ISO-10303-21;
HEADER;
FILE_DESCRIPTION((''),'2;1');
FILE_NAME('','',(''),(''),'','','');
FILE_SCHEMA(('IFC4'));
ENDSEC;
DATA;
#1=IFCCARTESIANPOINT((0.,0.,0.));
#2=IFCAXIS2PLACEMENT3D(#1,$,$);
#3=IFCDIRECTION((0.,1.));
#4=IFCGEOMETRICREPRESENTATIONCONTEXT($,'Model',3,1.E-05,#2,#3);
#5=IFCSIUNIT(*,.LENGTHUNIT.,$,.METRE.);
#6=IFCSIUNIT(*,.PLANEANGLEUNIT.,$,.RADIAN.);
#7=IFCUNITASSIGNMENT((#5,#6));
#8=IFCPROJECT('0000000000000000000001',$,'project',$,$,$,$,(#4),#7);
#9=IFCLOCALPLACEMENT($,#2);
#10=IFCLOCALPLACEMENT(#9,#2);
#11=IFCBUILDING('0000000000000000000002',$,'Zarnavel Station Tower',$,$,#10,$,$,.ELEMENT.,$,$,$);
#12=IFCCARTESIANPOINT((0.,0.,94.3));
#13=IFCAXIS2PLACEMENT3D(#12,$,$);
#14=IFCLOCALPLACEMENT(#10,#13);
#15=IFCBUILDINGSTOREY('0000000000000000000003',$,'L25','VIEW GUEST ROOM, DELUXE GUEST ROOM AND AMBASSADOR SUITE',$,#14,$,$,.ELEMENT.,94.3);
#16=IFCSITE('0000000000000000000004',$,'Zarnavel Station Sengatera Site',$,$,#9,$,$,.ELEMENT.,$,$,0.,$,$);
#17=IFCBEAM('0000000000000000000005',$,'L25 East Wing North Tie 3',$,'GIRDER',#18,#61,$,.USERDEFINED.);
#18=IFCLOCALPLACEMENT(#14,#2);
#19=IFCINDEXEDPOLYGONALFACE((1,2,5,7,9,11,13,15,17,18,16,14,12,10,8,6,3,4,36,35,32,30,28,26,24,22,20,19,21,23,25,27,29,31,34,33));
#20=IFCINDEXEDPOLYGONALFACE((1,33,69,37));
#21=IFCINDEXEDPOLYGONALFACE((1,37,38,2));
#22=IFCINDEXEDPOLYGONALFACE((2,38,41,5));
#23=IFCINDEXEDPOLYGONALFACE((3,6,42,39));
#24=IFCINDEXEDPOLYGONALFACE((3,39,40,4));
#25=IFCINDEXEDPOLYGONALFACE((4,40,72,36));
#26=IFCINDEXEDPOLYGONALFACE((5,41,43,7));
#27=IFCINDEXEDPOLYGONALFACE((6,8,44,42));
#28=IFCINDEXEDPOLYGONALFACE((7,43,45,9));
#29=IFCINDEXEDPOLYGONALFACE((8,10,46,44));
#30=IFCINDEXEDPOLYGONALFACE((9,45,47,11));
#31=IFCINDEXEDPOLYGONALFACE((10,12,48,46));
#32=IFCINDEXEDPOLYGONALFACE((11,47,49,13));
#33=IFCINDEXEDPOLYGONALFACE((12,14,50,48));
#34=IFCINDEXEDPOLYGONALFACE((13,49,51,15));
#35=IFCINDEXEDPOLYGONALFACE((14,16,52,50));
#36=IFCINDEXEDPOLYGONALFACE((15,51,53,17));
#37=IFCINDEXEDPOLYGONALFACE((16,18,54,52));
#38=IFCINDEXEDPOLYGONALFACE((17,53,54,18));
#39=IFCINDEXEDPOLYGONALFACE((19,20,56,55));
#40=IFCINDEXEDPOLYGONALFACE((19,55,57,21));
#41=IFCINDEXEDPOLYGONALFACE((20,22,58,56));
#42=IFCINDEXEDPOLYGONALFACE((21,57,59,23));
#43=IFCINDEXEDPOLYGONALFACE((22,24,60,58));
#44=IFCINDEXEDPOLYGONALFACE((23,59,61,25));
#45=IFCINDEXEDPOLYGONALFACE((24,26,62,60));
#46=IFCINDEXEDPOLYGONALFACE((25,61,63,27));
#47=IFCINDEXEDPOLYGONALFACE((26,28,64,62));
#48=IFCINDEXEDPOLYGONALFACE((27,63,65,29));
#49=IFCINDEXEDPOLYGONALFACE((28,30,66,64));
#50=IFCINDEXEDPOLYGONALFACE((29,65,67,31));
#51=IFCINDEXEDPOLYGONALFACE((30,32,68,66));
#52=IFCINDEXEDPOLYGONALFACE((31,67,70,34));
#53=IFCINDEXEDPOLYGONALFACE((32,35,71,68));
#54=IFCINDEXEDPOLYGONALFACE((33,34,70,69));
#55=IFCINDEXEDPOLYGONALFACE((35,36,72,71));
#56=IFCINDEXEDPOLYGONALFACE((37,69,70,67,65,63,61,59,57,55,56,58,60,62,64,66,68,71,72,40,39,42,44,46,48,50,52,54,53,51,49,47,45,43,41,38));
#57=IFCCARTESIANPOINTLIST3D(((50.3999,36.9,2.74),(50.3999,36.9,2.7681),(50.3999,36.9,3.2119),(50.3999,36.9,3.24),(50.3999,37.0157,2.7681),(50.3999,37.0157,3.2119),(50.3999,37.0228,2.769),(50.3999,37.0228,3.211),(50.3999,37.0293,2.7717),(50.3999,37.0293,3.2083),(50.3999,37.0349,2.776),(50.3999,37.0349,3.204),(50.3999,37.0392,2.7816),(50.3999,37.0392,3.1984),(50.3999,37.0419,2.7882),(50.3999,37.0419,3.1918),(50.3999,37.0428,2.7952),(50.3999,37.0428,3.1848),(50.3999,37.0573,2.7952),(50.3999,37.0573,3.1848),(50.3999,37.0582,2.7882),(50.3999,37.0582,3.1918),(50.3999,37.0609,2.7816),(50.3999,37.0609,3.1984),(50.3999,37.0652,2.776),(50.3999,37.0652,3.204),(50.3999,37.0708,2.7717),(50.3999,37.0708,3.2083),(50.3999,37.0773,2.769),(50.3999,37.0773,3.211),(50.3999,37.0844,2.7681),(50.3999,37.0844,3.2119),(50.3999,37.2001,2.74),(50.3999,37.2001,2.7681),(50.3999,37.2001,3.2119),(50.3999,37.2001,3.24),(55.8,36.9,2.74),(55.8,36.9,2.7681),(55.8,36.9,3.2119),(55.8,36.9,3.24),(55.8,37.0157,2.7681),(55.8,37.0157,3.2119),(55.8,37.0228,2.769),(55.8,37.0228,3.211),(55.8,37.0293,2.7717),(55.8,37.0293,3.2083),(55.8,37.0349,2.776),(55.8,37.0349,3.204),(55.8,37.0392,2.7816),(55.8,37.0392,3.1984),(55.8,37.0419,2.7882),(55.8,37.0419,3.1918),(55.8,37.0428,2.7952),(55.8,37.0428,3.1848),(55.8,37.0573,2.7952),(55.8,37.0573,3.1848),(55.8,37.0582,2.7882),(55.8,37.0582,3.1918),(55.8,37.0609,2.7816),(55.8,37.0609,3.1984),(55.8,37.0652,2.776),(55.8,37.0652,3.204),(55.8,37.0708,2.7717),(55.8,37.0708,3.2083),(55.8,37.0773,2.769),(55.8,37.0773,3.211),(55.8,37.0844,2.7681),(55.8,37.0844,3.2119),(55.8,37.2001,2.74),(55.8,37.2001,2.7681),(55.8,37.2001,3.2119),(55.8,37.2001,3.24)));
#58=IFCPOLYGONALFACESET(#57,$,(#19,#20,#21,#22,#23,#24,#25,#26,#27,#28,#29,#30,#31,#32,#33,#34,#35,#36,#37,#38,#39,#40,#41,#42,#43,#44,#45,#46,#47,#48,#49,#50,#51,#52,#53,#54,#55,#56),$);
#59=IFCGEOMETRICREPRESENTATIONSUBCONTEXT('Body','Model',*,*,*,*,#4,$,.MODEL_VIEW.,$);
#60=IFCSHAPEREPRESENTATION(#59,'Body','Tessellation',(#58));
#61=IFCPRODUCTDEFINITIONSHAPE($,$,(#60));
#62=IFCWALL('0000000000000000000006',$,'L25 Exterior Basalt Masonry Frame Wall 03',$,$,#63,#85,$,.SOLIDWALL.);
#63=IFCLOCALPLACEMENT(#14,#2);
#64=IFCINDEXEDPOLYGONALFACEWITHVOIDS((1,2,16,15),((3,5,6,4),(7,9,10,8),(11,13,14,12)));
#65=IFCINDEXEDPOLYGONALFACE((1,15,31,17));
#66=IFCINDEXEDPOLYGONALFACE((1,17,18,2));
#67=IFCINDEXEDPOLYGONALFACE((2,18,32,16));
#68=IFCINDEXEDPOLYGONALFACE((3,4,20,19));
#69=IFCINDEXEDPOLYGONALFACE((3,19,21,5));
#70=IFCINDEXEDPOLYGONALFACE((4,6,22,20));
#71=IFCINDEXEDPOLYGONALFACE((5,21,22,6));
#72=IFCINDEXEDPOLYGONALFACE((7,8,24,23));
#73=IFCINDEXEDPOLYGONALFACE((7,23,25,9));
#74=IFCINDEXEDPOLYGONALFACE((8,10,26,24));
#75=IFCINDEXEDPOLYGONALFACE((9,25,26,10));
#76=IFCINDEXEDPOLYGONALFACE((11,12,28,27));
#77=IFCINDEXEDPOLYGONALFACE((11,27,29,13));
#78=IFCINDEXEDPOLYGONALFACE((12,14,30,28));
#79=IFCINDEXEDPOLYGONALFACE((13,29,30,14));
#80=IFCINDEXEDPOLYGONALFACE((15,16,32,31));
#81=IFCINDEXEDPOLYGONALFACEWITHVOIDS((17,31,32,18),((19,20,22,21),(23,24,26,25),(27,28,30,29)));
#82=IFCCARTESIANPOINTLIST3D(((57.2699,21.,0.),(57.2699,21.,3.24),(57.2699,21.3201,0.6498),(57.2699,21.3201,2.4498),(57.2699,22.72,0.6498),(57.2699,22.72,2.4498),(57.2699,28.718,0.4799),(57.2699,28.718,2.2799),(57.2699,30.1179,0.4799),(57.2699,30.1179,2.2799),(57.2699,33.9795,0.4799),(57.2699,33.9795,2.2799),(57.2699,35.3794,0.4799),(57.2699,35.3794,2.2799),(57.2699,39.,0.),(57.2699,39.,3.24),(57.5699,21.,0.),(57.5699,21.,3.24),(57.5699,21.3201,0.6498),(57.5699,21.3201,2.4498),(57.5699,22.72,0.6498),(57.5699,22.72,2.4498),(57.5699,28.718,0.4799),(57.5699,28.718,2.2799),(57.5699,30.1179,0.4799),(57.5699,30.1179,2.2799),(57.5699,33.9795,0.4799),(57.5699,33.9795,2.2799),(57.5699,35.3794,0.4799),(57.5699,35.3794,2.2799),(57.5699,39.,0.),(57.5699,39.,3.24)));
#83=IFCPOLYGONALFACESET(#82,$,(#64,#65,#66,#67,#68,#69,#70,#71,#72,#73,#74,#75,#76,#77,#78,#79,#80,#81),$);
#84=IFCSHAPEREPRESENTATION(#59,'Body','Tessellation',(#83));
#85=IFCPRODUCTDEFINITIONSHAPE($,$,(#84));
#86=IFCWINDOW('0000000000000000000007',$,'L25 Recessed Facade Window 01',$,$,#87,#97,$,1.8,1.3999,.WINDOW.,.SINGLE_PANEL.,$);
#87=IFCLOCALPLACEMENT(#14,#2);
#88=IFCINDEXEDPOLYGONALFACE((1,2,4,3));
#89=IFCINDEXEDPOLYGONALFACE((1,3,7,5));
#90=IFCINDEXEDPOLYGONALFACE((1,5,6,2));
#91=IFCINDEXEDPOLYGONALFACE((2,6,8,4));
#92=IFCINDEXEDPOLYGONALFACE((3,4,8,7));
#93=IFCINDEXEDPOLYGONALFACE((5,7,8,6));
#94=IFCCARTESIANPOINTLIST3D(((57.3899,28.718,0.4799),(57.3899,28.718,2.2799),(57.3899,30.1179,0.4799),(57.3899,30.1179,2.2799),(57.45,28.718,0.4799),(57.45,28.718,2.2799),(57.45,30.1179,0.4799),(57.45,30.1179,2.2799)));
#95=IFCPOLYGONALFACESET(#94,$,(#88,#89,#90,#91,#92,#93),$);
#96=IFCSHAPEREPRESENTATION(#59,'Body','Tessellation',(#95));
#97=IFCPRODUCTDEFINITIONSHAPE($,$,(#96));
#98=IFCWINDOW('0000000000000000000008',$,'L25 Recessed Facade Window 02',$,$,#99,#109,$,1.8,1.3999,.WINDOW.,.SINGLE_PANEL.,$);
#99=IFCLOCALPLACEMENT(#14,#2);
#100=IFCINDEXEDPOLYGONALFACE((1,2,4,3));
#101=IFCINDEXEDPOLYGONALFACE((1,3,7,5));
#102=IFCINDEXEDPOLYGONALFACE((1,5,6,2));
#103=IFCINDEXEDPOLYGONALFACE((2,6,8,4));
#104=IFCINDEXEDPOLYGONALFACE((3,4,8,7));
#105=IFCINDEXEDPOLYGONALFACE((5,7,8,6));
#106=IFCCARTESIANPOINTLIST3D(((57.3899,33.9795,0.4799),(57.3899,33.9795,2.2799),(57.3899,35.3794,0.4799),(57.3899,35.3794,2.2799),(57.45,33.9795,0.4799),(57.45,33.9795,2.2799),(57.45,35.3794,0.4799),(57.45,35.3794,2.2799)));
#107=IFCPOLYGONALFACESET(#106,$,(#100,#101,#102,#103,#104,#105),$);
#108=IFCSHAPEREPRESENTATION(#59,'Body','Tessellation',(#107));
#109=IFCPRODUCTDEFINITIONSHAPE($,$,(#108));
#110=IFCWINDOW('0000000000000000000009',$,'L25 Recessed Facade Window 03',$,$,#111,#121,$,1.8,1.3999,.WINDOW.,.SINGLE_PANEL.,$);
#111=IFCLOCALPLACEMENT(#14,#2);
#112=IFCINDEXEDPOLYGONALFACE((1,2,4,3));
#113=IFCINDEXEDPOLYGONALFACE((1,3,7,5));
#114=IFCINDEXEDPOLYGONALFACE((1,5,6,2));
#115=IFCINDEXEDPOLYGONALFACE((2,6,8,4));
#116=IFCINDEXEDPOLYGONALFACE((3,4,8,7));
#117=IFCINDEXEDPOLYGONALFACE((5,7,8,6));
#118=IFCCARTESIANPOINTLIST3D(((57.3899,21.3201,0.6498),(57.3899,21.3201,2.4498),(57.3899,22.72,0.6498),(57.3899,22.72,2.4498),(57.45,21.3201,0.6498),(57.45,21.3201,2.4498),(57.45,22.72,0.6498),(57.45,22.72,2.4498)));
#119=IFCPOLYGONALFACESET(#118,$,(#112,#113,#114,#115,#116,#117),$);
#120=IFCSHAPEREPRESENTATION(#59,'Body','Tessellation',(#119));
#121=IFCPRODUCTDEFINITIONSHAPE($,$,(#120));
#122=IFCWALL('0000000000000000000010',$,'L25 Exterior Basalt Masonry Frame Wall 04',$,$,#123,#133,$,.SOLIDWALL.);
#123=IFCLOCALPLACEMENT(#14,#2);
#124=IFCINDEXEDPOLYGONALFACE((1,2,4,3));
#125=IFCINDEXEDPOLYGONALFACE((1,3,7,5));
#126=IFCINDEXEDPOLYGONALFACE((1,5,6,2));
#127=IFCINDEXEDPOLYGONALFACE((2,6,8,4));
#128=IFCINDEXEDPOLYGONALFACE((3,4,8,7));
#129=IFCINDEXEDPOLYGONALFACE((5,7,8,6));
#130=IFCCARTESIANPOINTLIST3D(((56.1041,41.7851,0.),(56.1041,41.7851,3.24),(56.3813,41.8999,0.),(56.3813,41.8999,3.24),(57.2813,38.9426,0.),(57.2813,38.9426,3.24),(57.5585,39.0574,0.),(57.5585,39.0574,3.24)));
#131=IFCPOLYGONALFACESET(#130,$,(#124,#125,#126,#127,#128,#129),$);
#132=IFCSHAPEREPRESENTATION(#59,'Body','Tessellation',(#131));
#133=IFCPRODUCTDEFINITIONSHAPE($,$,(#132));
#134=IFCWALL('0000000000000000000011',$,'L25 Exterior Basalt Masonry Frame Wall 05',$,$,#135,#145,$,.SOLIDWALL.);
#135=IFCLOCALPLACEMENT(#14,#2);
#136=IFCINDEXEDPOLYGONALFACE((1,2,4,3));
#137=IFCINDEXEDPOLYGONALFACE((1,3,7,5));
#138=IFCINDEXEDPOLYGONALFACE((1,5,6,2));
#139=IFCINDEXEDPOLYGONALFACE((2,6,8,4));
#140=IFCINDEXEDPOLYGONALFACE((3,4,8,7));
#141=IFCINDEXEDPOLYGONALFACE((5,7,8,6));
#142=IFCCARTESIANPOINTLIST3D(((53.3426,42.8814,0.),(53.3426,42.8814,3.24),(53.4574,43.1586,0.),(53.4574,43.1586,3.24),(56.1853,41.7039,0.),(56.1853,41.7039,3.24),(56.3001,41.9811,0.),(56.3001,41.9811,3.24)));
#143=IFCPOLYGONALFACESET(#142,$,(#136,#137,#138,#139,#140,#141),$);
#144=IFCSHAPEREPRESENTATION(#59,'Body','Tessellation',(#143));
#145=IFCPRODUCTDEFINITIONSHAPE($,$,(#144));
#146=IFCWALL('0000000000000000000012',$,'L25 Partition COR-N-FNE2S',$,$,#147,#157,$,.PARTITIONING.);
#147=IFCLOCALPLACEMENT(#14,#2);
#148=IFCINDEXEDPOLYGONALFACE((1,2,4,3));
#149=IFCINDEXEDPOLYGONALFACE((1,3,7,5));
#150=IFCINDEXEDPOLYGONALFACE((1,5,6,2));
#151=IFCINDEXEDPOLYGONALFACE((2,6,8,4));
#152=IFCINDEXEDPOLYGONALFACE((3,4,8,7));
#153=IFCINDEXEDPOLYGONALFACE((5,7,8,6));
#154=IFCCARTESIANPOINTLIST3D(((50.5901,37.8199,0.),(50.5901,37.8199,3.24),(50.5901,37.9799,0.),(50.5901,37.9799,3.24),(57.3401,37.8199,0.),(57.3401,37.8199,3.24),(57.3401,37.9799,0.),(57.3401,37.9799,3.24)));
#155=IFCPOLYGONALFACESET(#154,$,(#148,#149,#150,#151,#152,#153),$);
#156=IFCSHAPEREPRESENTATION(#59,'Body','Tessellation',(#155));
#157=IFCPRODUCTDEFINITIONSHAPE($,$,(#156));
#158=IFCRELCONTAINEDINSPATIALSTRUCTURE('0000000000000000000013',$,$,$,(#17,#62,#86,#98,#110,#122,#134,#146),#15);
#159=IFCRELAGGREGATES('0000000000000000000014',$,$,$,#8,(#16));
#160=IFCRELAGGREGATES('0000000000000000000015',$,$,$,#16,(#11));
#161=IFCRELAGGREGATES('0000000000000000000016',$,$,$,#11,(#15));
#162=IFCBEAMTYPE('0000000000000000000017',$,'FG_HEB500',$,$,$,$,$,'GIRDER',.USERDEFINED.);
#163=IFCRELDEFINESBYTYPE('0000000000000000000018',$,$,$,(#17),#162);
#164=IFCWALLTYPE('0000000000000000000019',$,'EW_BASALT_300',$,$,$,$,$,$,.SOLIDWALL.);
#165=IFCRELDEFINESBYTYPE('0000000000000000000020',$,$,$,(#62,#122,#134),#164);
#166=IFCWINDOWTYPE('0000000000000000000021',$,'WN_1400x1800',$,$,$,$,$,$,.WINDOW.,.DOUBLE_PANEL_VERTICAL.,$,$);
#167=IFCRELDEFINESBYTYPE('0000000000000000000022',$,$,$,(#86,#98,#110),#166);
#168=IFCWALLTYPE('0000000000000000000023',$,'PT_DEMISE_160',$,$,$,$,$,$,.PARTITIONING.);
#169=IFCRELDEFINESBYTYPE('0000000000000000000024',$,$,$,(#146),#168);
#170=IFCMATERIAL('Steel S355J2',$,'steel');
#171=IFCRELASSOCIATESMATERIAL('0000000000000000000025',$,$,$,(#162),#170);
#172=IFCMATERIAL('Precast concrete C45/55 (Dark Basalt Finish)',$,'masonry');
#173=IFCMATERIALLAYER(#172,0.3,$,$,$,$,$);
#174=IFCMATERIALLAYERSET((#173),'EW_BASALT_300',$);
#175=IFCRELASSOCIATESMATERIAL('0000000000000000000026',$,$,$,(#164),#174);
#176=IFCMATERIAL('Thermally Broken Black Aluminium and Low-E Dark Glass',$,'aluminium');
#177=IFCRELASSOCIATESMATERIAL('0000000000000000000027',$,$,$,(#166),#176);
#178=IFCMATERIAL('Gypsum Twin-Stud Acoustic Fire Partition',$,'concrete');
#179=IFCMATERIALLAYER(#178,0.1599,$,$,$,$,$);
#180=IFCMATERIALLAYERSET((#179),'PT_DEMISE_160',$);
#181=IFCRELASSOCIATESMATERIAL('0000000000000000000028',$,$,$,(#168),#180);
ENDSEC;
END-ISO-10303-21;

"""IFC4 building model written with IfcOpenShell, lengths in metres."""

from ifc_helpers import new_model, si_unit, direction, frame, frame_2d, origin, origin_2d, place, context, subcontext, project, spatial, rectangle, i_section, extrude, material, layer, layer_set, material_profile, profile_set, type_object, element, fill, save


model = new_model("IFC4")

# Units and contexts
model_context = context("Model", 3, precision=1e-05, world=origin(), true_north=direction((0.0, 1.0)))
body_context = subcontext(model_context, "Body", "Model", "MODEL_VIEW")
ifc_project = project(units=[si_unit("LENGTHUNIT", "METRE"), si_unit("PLANEANGLEUNIT", "RADIAN")], contexts=[model_context])

# Site, building, storey
site_placement = place(None, origin())
site = spatial("IfcSite", under=ifc_project, at=site_placement, Name="Zarnavel Station Sengatera Site", CompositionType="ELEMENT", RefElevation=0.0)
building_placement = place(site_placement, origin())
building = spatial("IfcBuilding", under=site, at=building_placement, Name="Zarnavel Station Tower", CompositionType="ELEMENT")
storey_placement = place(building_placement, frame((0.0, 0.0, 94.3)))
storey = spatial("IfcBuildingStorey", under=building, at=storey_placement, Name="L25", Description="VIEW GUEST ROOM, DELUXE GUEST ROOM AND AMBASSADOR SUITE", CompositionType="ELEMENT", Elevation=94.3)

# Beam
ifc_material_1 = material(Name="Steel S355J2", Category="steel")
ifc_material_profile_1 = material_profile(ifc_material_1, i_section(OverallWidth=0.3, OverallDepth=0.5, WebThickness=0.0144, FlangeThickness=0.0281, FilletRadius=0.0271, at=origin_2d()), Name="HEB500")
ifc_profile_set_1 = profile_set([ifc_material_profile_1], Name="Steel S355J2")
beam_type = type_object("IfcBeamType", Name="FG_HEB500", ElementType="GIRDER", PredefinedType="USERDEFINED", material=ifc_profile_set_1)
beam_1_placement = place(storey_placement, frame((50.3999, 37.05, 2.99), z_axis=(1.0, 0.0, 0.0), x_axis=(0.0, 1.0, 0.0)))
element("IfcBeam", 1, at=beam_1_placement, inside=storey, type_object=beam_type, Name="L25 East Wing North Tie 3", ObjectType="GIRDER", PredefinedType="USERDEFINED", context=body_context, shape_type="SweptSolid", body=[
    extrude(i_section(OverallWidth=0.3, OverallDepth=0.5, WebThickness=0.0144, FlangeThickness=0.0281, FilletRadius=0.0271, at=origin_2d()), origin(), (0.0, 0.0, 1.0), 5.4001),
])

# Wall, openings, windows
ifc_material_2 = material(Name="Precast concrete C45/55 (Dark Basalt Finish)", Category="masonry")
ifc_layer_1 = layer(ifc_material_2, 0.3)
ifc_layer_set_1 = layer_set([ifc_layer_1], Name="EW_BASALT_300")
wall_type_1 = type_object("IfcWallType", Name="EW_BASALT_300", PredefinedType="SOLIDWALL", material=ifc_layer_set_1)
wall_1_placement = place(storey_placement, frame((57.4199, 39.0, 0.0), z_axis=(0.0, 0.0, 1.0), x_axis=(0.0, -1.0, 0.0)))
wall_1 = element("IfcWall", 2, at=wall_1_placement, inside=storey, type_object=wall_type_1, Name="L25 Exterior Basalt Masonry Frame Wall 03", PredefinedType="SOLIDWALL", context=body_context, shape_type="SweptSolid", body=[
    extrude(rectangle(XDim=18.0, YDim=0.3, at=frame_2d((9.0, 0.0))), origin(), (0.0, 0.0, 1.0), 3.24),
])
opening_1_placement = place(wall_1_placement, frame((8.8821, 0.0, 0.48)))
opening_1 = element("IfcOpeningElement", 3, at=opening_1_placement, cuts=wall_1, PredefinedType="OPENING", context=body_context, shape_type="SweptSolid", body=[
    extrude(rectangle(XDim=1.3999, YDim=1.8, at=frame_2d((0.7, 0.8999))), frame((0.0, 0.1599, 0.0), z_axis=(0.0, -1.0, 0.0), x_axis=(1.0, 0.0, 0.0)), (0.0, 0.0, 1.0), 0.3201),
])
opening_2_placement = place(wall_1_placement, frame((3.6206, 0.0, 0.48)))
opening_2 = element("IfcOpeningElement", 4, at=opening_2_placement, cuts=wall_1, PredefinedType="OPENING", context=body_context, shape_type="SweptSolid", body=[
    extrude(rectangle(XDim=1.3999, YDim=1.8, at=frame_2d((0.7, 0.8999))), frame((0.0, 0.1599, 0.0), z_axis=(0.0, -1.0, 0.0), x_axis=(1.0, 0.0, 0.0)), (0.0, 0.0, 1.0), 0.3201),
])
opening_3_placement = place(wall_1_placement, frame((16.28, 0.0, 0.6499)))
opening_3 = element("IfcOpeningElement", 5, at=opening_3_placement, cuts=wall_1, PredefinedType="OPENING", context=body_context, shape_type="SweptSolid", body=[
    extrude(rectangle(XDim=1.3999, YDim=1.8, at=frame_2d((0.7, 0.8999))), frame((0.0, 0.1599, 0.0), z_axis=(0.0, -1.0, 0.0), x_axis=(1.0, 0.0, 0.0)), (0.0, 0.0, 1.0), 0.3201),
])
ifc_material_3 = material(Name="Thermally Broken Black Aluminium and Low-E Dark Glass", Category="aluminium")
window_type = type_object("IfcWindowType", Name="WN_1400x1800", PartitioningType="DOUBLE_PANEL_VERTICAL", PredefinedType="WINDOW", material=ifc_material_3)
window_1_placement = place(opening_1_placement, origin())
window_1 = element("IfcWindow", 6, at=window_1_placement, inside=storey, type_object=window_type, Name="L25 Recessed Facade Window 01", OverallHeight=1.8, OverallWidth=1.3999, PartitioningType="SINGLE_PANEL", PredefinedType="WINDOW", context=body_context, shape_type="SweptSolid", body=[
    extrude(rectangle(XDim=1.3999, YDim=1.8, at=frame_2d((0.7, 0.8999))), frame((0.0, 0.03, 0.0), z_axis=(0.0, -1.0, 0.0), x_axis=(1.0, 0.0, 0.0)), (0.0, 0.0, 1.0), 0.0601),
])
fill(opening_1, window_1)
window_2_placement = place(opening_2_placement, origin())
window_2 = element("IfcWindow", 7, at=window_2_placement, inside=storey, type_object=window_type, Name="L25 Recessed Facade Window 02", OverallHeight=1.8, OverallWidth=1.3999, PartitioningType="SINGLE_PANEL", PredefinedType="WINDOW", context=body_context, shape_type="SweptSolid", body=[
    extrude(rectangle(XDim=1.3999, YDim=1.8, at=frame_2d((0.7, 0.8999))), frame((0.0, 0.03, 0.0), z_axis=(0.0, -1.0, 0.0), x_axis=(1.0, 0.0, 0.0)), (0.0, 0.0, 1.0), 0.0601),
])
fill(opening_2, window_2)
window_3_placement = place(opening_3_placement, origin())
window_3 = element("IfcWindow", 8, at=window_3_placement, inside=storey, type_object=window_type, Name="L25 Recessed Facade Window 03", OverallHeight=1.8, OverallWidth=1.3999, PartitioningType="SINGLE_PANEL", PredefinedType="WINDOW", context=body_context, shape_type="SweptSolid", body=[
    extrude(rectangle(XDim=1.3999, YDim=1.8, at=frame_2d((0.7, 0.8999))), frame((0.0, 0.03, 0.0), z_axis=(0.0, -1.0, 0.0), x_axis=(1.0, 0.0, 0.0)), (0.0, 0.0, 1.0), 0.0601),
])
fill(opening_3, window_3)

# Walls
wall_2_placement = place(storey_placement, frame((56.2427, 41.8425, 0.0), z_axis=(0.0, 0.0, 1.0), x_axis=(0.382637, -0.923899, 0.0)))
element("IfcWall", 9, at=wall_2_placement, inside=storey, type_object=wall_type_1, Name="L25 Exterior Basalt Masonry Frame Wall 04", PredefinedType="SOLIDWALL", context=body_context, shape_type="SweptSolid", body=[
    extrude(rectangle(XDim=3.0767, YDim=0.3, at=frame_2d((1.5383, 0.0))), origin(), (0.0, 0.0, 1.0), 3.24),
])
wall_3_placement = place(storey_placement, frame((53.3999, 43.02, 0.0), z_axis=(0.0, 0.0, 1.0), x_axis=(0.923882, -0.382676, 0.0)))
element("IfcWall", 10, at=wall_3_placement, inside=storey, type_object=wall_type_1, Name="L25 Exterior Basalt Masonry Frame Wall 05", PredefinedType="SOLIDWALL", context=body_context, shape_type="SweptSolid", body=[
    extrude(rectangle(XDim=3.0769, YDim=0.3, at=frame_2d((1.5386, 0.0))), origin(), (0.0, 0.0, 1.0), 3.24),
])
ifc_material_4 = material(Name="Gypsum Twin-Stud Acoustic Fire Partition", Category="concrete")
ifc_layer_2 = layer(ifc_material_4, 0.1599)
ifc_layer_set_2 = layer_set([ifc_layer_2], Name="PT_DEMISE_160")
wall_type_2 = type_object("IfcWallType", Name="PT_DEMISE_160", PredefinedType="PARTITIONING", material=ifc_layer_set_2)
wall_4_placement = place(storey_placement, frame((50.5901, 37.8999, 0.0), z_axis=(0.0, 0.0, 1.0), x_axis=(1.0, 0.0, 0.0)))
element("IfcWall", 11, at=wall_4_placement, inside=storey, type_object=wall_type_2, Name="L25 Partition COR-N-FNE2S", PredefinedType="PARTITIONING", context=body_context, shape_type="SweptSolid", body=[
    extrude(rectangle(XDim=6.75, YDim=0.1599, at=frame_2d((3.375, 0.0))), origin(), (0.0, 0.0, 1.0), 3.24),
])

save(model, "model.ifc")
